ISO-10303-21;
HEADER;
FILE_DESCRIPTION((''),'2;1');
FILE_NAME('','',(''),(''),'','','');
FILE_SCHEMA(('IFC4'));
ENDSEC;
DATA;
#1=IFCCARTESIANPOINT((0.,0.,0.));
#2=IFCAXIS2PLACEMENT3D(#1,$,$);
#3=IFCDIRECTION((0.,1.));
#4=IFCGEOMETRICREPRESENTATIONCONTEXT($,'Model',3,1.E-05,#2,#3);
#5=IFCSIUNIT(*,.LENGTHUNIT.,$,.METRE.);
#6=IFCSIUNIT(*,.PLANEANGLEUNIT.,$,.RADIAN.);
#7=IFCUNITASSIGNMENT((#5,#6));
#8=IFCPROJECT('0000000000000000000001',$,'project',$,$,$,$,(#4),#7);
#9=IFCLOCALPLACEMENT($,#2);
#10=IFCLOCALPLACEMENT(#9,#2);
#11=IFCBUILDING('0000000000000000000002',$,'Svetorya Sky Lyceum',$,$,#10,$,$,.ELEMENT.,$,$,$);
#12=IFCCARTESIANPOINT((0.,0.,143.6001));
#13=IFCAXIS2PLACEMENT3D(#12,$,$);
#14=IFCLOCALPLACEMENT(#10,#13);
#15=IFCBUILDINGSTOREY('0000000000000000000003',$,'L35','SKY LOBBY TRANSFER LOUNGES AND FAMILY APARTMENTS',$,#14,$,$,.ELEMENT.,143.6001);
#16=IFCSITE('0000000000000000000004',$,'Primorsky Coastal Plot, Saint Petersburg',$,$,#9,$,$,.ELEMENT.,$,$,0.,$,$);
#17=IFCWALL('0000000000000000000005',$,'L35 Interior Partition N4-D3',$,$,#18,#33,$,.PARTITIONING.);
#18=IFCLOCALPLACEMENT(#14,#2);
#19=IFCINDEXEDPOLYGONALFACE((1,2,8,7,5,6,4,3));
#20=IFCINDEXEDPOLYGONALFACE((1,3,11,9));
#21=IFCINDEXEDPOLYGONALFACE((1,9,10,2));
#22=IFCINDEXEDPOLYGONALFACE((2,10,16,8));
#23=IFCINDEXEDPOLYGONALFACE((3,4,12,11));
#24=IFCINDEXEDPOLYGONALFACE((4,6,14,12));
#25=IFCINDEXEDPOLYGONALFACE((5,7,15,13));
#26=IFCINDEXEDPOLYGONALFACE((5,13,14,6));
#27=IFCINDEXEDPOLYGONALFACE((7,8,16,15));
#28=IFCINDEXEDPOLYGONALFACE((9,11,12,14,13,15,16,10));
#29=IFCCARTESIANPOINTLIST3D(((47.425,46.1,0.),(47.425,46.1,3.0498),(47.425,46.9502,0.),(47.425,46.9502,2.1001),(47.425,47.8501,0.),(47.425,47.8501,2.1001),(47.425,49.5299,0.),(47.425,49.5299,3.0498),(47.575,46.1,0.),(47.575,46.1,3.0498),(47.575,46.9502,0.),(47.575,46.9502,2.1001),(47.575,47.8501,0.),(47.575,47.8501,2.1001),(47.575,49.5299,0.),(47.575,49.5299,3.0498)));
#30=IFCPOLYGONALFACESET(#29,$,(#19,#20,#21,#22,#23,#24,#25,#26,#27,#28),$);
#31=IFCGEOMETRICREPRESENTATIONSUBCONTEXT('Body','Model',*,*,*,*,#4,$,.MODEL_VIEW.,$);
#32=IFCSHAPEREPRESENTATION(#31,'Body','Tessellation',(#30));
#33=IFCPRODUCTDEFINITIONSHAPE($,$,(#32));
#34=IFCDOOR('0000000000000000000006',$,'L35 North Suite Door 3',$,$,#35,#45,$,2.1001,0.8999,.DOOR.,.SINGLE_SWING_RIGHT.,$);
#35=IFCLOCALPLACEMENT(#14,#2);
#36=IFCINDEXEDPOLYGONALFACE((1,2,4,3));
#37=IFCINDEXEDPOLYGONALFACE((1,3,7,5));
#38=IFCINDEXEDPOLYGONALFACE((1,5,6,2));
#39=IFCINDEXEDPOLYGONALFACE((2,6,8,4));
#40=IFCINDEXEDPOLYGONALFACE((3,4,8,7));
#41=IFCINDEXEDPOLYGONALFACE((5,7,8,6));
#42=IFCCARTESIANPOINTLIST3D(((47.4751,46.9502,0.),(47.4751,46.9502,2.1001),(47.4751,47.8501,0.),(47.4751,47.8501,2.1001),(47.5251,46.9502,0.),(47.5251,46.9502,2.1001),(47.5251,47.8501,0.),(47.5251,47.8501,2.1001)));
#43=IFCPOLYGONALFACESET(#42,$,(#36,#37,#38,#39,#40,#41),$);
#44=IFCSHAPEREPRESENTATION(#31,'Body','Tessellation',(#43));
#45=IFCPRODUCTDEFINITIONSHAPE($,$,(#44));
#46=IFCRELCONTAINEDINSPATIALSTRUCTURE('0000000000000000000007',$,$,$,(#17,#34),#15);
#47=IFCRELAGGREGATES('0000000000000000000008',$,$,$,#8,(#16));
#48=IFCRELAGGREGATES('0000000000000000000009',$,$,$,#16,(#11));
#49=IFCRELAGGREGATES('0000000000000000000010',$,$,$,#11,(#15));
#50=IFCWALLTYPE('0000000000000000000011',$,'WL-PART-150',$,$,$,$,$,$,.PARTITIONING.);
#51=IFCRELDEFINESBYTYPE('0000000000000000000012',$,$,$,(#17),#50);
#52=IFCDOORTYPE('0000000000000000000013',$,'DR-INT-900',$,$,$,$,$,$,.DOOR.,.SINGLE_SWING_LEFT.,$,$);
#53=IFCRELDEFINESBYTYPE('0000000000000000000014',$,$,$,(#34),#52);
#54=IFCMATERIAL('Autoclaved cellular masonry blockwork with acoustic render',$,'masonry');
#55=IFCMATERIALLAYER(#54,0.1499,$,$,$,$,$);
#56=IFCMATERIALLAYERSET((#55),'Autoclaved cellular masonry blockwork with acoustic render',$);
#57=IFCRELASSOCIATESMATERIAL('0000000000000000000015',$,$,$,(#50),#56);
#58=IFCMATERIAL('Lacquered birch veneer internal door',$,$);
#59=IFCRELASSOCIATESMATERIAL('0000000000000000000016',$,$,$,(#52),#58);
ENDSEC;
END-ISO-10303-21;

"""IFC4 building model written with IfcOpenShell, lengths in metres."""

from ifc_helpers import new_model, si_unit, direction, frame, frame_2d, origin, place, context, subcontext, project, spatial, rectangle, extrude, material, layer, layer_set, type_object, element, fill, save


model = new_model("IFC4")

# Units and contexts
model_context = context("Model", 3, precision=1e-05, world=origin(), true_north=direction((0.0, 1.0)))
body_context = subcontext(model_context, "Body", "Model", "MODEL_VIEW")
ifc_project = project(units=[si_unit("LENGTHUNIT", "METRE"), si_unit("PLANEANGLEUNIT", "RADIAN")], contexts=[model_context])

# Site, building, storey
site_placement = place(None, origin())
site = spatial("IfcSite", under=ifc_project, at=site_placement, Name="Primorsky Coastal Plot, Saint Petersburg", CompositionType="ELEMENT", RefElevation=0.0)
building_placement = place(site_placement, origin())
building = spatial("IfcBuilding", under=site, at=building_placement, Name="Svetorya Sky Lyceum", CompositionType="ELEMENT")
storey_placement = place(building_placement, frame((0.0, 0.0, 143.6001)))
storey = spatial("IfcBuildingStorey", under=building, at=storey_placement, Name="L35", Description="SKY LOBBY TRANSFER LOUNGES AND FAMILY APARTMENTS", CompositionType="ELEMENT", Elevation=143.6001)

# Shared definitions
ifc_material_1 = material(Name="Autoclaved cellular masonry blockwork with acoustic render", Category="masonry")
ifc_layer_1 = layer(ifc_material_1, 0.1499)
ifc_layer_set_1 = layer_set([ifc_layer_1], Name="Autoclaved cellular masonry blockwork with acoustic render")
wall_type_1 = type_object("IfcWallType", Name="WL-PART-150", PredefinedType="PARTITIONING", material=ifc_layer_set_1)

# Wall, opening, door
wall_1_placement = place(storey_placement, frame((47.5, 46.1001, 0.0), z_axis=(0.0, 0.0, 1.0), x_axis=(0.0, 1.0, 0.0)))
wall_1 = element("IfcWall", 1, at=wall_1_placement, inside=storey, type_object=wall_type_1, Name="L35 Interior Partition N4-D3", PredefinedType="PARTITIONING", context=body_context, shape_type="SweptSolid", body=[
    extrude(rectangle(XDim=3.4299, YDim=0.1499, at=frame_2d((1.7148, 0.0))), origin(), (0.0, 0.0, 1.0), 3.0498),
])
opening_1_placement = place(wall_1_placement, frame((0.8501, 0.0, 0.0)))
opening_1 = element("IfcOpeningElement", 2, at=opening_1_placement, cuts=wall_1, PredefinedType="OPENING", context=body_context, shape_type="SweptSolid", body=[
    extrude(rectangle(XDim=0.8999, YDim=2.1001, at=frame_2d((0.45, 1.05))), frame((0.0, 0.085, 0.0), z_axis=(0.0, -1.0, 0.0), x_axis=(1.0, 0.0, 0.0)), (0.0, 0.0, 1.0), 0.1699),
])
ifc_material_2 = material(Name="Lacquered birch veneer internal door")
door_type_1 = type_object("IfcDoorType", Name="DR-INT-900", OperationType="SINGLE_SWING_LEFT", PredefinedType="DOOR", material=ifc_material_2)
door_1_placement = place(opening_1_placement, origin())
door_1 = element("IfcDoor", 3, at=door_1_placement, inside=storey, type_object=door_type_1, Name="L35 North Suite Door 3", OperationType="SINGLE_SWING_RIGHT", OverallHeight=2.1001, OverallWidth=0.8999, PredefinedType="DOOR", context=body_context, shape_type="SweptSolid", body=[
    extrude(rectangle(XDim=0.8999, YDim=2.1001, at=frame_2d((0.45, 1.05))), frame((0.0, 0.0249, 0.0), z_axis=(0.0, -1.0, 0.0), x_axis=(1.0, 0.0, 0.0)), (0.0, 0.0, 1.0), 0.05),
])
fill(opening_1, door_1)

save(model, "model.ifc")
